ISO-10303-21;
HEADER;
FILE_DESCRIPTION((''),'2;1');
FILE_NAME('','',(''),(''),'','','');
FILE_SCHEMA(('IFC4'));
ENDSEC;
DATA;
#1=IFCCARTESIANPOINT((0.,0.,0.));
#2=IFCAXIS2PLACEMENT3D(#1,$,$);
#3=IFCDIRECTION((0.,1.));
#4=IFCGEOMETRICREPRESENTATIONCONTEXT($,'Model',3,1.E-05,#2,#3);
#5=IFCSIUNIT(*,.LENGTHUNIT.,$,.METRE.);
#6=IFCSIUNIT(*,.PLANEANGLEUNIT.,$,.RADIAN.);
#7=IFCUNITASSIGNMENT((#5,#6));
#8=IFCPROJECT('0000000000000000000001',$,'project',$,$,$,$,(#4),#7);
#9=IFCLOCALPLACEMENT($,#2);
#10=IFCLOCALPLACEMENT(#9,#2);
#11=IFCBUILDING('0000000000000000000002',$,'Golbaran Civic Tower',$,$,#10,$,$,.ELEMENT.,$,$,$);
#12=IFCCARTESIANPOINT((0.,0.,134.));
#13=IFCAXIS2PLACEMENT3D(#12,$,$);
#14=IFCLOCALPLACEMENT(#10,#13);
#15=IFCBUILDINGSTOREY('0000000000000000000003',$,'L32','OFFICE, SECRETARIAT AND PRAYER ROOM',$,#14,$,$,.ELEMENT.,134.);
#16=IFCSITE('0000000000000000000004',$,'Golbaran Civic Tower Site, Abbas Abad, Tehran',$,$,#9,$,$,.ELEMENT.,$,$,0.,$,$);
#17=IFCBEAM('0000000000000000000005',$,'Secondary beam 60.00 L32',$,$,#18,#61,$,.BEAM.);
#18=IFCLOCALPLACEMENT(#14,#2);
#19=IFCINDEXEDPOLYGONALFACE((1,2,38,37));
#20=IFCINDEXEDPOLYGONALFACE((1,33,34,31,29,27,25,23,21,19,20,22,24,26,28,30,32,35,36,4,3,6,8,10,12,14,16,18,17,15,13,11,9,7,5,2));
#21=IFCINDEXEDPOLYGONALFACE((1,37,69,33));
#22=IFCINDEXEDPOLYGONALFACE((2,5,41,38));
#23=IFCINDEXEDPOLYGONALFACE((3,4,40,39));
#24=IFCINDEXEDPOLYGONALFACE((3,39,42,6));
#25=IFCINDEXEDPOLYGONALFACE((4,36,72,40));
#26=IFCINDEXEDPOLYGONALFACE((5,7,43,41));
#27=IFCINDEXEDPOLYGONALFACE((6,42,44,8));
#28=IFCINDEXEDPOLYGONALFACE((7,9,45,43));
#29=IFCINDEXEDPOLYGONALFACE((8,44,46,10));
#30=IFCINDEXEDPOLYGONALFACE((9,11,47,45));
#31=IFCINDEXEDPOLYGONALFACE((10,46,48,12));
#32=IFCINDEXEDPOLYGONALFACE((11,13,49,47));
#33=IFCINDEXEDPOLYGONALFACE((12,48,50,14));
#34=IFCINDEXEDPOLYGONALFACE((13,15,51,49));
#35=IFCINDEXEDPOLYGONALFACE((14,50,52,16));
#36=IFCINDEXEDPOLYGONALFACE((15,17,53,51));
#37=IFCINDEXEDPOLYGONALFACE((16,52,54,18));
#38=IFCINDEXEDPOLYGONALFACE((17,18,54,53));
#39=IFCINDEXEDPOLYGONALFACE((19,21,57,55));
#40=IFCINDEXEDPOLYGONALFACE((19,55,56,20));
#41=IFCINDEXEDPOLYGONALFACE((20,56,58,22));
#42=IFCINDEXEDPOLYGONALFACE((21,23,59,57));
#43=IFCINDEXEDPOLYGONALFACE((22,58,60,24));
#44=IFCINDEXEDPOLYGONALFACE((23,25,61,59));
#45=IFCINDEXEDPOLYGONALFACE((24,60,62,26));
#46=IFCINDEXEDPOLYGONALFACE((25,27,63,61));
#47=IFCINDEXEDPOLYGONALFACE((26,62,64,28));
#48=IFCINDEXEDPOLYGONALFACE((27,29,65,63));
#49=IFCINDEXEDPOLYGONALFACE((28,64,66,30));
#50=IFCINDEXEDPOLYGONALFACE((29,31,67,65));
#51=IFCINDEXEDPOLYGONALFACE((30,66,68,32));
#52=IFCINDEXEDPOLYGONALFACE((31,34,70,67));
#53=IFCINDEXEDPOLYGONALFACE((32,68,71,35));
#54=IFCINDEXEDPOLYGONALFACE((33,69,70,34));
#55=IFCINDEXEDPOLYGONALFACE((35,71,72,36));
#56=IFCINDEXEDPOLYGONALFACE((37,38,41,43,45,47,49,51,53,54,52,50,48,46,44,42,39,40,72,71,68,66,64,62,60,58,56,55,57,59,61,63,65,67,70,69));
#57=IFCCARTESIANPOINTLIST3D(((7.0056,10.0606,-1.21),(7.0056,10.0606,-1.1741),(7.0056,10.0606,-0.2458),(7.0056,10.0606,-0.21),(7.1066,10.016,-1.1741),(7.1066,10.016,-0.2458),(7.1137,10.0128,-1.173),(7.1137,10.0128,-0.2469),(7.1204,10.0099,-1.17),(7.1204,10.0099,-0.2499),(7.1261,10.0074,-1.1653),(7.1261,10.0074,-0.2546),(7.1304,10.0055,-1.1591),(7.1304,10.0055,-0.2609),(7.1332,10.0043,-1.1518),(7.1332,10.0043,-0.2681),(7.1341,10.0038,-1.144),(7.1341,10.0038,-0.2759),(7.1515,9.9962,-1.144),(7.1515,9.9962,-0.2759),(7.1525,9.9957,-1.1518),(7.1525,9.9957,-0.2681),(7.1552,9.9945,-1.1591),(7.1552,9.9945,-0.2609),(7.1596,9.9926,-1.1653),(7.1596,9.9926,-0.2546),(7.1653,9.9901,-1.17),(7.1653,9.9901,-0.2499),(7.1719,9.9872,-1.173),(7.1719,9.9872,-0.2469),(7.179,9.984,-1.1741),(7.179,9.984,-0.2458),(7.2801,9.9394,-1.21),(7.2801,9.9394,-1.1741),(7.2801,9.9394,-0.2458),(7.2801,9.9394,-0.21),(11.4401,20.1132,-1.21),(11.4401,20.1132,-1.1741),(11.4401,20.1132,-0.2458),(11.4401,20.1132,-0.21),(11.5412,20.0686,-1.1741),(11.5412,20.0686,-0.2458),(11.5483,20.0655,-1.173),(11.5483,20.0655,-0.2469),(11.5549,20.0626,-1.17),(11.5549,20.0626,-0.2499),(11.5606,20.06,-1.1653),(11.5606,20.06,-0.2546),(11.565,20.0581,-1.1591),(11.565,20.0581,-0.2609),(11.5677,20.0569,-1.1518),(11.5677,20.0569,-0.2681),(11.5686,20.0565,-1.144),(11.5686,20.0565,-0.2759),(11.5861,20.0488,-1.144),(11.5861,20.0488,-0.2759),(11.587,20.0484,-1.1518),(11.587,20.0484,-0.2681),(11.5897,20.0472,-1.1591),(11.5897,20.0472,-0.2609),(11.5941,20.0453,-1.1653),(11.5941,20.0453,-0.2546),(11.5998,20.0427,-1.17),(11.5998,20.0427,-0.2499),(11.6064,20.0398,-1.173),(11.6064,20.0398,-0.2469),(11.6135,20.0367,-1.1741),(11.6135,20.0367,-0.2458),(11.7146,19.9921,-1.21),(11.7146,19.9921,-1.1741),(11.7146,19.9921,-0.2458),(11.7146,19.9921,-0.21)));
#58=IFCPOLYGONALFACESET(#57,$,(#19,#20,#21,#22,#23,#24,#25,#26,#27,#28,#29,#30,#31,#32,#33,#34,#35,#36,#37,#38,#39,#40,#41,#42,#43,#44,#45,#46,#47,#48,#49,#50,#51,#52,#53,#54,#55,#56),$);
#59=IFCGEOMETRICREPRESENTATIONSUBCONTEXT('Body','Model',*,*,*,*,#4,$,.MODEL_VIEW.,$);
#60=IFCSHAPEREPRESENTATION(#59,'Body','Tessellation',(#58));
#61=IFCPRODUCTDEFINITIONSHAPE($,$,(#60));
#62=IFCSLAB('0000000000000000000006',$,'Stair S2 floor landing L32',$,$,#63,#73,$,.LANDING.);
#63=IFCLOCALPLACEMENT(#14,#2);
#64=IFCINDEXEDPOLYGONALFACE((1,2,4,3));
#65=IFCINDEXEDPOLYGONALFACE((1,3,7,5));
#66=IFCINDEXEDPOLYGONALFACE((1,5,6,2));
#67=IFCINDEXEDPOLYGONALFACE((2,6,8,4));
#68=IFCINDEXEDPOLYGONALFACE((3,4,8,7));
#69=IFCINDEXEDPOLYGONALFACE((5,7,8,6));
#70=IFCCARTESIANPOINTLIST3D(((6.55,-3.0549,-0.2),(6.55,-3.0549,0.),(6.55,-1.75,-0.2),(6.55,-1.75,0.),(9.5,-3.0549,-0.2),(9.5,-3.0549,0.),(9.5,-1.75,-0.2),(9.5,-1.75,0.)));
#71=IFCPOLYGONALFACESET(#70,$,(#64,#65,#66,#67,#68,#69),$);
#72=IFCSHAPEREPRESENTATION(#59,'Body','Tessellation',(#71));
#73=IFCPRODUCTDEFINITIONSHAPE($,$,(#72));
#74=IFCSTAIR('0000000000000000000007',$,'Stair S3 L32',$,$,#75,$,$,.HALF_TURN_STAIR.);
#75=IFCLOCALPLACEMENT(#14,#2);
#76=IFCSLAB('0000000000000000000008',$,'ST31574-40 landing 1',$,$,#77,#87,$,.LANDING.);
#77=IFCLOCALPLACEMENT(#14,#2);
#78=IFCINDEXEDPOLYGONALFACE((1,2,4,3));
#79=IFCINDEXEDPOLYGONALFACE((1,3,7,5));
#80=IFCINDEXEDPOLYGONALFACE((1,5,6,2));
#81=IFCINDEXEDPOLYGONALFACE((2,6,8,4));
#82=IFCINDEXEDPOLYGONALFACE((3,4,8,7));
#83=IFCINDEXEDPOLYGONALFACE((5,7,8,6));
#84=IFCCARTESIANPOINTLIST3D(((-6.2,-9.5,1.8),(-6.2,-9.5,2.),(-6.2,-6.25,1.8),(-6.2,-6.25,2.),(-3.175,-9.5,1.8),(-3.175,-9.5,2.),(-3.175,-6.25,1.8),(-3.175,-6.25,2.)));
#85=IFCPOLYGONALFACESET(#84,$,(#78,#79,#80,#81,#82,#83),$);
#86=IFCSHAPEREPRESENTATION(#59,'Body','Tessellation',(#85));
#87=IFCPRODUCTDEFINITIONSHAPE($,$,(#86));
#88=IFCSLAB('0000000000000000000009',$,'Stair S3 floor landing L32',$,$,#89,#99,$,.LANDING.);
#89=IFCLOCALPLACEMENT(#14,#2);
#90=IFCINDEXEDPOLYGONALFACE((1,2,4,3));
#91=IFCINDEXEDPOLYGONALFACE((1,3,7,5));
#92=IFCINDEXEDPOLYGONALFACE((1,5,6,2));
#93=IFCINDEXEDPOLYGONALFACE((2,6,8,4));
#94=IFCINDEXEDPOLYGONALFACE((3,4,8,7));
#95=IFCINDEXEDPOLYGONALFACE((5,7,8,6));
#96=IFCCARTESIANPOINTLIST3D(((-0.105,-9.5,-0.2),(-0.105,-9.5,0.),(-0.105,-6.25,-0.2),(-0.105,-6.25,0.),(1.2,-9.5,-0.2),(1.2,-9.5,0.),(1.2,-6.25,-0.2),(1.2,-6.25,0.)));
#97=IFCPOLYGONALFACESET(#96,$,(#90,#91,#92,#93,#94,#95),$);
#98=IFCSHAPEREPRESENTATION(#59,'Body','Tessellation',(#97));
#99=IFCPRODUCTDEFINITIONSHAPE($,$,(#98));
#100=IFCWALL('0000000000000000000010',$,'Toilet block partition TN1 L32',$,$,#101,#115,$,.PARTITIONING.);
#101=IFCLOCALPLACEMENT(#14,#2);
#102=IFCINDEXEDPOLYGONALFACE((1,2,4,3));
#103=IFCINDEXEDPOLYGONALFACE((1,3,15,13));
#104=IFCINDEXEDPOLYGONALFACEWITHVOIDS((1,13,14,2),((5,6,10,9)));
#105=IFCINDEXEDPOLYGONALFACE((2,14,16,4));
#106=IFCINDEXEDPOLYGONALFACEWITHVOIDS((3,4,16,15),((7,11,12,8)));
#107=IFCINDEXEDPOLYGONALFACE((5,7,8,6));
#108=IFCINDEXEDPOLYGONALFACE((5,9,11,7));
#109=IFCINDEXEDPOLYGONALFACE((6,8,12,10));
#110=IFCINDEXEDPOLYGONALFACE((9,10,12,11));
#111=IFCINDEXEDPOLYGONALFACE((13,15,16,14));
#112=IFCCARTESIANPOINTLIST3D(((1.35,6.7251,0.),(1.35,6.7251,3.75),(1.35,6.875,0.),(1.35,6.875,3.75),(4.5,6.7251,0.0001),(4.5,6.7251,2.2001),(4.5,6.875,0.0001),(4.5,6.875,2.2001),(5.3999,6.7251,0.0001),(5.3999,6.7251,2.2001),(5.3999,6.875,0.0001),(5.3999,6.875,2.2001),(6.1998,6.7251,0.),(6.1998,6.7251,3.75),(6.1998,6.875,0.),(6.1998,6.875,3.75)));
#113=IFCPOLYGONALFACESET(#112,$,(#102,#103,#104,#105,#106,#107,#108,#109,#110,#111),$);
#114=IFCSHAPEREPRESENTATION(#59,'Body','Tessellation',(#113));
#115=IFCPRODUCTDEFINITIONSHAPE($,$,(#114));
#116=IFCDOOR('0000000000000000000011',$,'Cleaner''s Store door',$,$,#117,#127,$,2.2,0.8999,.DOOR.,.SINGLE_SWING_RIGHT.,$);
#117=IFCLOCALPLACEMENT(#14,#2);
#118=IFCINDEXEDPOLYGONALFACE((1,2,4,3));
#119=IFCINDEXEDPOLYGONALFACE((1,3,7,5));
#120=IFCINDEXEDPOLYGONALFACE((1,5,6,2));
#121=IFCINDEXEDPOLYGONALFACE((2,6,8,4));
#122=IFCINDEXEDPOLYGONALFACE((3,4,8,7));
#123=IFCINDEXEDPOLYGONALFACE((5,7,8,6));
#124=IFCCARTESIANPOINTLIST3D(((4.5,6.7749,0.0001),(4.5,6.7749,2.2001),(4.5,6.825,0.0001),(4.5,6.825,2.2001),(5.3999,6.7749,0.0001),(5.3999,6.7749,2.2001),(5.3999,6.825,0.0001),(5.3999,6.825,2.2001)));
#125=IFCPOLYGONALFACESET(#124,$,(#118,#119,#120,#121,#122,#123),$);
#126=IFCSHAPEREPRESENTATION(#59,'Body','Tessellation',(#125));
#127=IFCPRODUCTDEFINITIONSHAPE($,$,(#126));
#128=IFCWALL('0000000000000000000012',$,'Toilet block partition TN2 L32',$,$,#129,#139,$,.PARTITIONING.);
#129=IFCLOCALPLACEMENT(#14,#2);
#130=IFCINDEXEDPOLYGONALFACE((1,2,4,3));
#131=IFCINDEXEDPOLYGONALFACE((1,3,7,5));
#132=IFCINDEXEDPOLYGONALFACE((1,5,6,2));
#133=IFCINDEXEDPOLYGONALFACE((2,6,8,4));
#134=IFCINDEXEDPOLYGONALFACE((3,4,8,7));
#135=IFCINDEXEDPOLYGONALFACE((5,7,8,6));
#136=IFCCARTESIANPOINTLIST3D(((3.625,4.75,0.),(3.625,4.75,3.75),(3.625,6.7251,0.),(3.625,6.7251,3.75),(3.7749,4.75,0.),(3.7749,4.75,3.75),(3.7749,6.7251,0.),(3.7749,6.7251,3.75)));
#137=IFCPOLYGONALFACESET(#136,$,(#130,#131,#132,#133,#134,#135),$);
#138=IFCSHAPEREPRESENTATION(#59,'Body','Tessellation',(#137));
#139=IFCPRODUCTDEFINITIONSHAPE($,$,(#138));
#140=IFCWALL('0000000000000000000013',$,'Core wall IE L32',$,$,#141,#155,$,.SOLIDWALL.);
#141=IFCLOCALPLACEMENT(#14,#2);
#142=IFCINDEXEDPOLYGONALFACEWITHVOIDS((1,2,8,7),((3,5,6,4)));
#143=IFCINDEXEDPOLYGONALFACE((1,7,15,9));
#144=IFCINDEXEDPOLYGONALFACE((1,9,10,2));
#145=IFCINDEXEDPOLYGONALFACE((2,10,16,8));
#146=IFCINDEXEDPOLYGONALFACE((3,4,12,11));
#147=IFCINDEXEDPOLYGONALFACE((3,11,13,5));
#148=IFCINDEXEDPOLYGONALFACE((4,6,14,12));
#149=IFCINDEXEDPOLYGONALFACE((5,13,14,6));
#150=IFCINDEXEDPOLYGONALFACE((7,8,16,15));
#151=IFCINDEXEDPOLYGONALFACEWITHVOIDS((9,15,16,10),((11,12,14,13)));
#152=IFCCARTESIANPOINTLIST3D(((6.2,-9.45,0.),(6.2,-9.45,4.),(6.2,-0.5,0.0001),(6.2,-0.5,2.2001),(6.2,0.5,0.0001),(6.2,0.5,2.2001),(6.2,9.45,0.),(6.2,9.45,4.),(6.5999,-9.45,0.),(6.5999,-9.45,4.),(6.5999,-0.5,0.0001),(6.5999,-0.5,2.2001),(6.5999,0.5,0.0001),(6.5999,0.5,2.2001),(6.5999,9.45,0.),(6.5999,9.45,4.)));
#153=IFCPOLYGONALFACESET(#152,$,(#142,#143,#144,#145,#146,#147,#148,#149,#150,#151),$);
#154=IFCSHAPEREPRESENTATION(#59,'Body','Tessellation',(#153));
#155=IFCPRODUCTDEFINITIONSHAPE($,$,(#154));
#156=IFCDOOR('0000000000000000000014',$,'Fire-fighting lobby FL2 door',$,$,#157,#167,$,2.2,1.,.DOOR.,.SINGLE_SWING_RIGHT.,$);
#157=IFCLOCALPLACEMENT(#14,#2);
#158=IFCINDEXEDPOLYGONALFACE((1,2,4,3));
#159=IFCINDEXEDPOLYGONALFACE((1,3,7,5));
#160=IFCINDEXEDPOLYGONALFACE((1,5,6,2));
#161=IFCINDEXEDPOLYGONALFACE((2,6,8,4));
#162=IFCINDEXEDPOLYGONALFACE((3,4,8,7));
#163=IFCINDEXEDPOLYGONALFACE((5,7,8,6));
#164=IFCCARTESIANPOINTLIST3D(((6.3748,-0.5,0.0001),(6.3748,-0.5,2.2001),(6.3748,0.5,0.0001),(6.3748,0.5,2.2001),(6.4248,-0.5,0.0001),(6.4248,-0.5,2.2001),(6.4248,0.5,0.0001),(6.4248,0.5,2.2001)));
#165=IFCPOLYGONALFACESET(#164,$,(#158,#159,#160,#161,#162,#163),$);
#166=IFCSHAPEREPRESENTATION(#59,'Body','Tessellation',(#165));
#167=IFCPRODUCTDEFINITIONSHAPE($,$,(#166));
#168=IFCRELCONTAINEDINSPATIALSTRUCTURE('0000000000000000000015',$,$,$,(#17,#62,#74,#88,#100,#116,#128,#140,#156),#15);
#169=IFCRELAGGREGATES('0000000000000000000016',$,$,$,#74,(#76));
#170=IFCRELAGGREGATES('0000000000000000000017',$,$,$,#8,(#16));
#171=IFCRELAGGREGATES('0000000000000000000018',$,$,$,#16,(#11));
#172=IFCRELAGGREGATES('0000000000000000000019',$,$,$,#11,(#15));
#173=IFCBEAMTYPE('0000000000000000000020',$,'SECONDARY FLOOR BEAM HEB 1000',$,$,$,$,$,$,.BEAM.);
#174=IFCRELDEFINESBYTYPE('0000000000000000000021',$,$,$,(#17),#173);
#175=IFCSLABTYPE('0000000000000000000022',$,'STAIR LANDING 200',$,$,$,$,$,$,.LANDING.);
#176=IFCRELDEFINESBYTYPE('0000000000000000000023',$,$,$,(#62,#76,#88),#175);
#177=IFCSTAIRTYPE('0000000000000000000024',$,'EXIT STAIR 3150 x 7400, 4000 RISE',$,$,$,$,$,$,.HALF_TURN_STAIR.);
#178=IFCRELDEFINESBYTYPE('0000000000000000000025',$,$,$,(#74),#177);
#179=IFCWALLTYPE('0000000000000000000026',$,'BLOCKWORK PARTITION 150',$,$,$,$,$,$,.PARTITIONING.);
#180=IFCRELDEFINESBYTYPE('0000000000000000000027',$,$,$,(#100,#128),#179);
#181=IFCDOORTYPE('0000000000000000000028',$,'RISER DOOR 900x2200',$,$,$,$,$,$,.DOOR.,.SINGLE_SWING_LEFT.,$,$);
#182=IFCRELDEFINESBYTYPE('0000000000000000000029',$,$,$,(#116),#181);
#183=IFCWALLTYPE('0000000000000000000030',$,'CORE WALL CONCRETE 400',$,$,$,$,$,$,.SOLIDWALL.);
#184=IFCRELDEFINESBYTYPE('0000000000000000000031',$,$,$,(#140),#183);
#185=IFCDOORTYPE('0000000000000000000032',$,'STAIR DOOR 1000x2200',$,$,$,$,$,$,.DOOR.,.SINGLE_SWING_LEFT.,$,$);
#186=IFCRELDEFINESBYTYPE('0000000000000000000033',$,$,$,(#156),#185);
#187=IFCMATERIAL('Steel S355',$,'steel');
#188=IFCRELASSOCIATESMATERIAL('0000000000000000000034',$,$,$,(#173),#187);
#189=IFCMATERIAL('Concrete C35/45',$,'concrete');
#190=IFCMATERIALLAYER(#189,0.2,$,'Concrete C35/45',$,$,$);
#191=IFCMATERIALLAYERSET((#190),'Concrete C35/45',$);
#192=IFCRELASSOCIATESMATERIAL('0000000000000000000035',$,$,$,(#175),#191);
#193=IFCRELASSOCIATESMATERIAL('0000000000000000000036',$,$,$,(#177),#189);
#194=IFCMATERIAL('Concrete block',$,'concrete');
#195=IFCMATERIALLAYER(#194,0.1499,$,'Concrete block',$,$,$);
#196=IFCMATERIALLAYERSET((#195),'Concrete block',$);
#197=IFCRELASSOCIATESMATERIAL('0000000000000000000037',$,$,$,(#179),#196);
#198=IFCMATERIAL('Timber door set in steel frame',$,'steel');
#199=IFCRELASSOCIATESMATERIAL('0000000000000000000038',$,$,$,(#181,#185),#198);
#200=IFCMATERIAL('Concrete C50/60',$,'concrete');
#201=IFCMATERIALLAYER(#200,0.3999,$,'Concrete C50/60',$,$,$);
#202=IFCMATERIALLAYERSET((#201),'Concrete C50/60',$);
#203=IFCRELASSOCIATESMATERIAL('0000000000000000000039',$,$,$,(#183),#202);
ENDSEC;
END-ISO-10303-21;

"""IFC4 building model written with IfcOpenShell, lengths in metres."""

from ifc_helpers import new_model, si_unit, direction, frame, frame_2d, origin, origin_2d, place, context, subcontext, project, spatial, polyline, rectangle, i_section, outline, extrude, material, layer, layer_set, material_profile, profile_set, type_object, element, fill, aggregate, save


model = new_model("IFC4")

# Units and contexts
model_context = context("Model", 3, precision=1e-05, world=origin(), true_north=direction((0.0, 1.0)))
body_context = subcontext(model_context, "Body", "Model", "MODEL_VIEW")
ifc_project = project(units=[si_unit("LENGTHUNIT", "METRE"), si_unit("PLANEANGLEUNIT", "RADIAN")], contexts=[model_context])

# Site, building, storey
site_placement = place(None, origin())
site = spatial("IfcSite", under=ifc_project, at=site_placement, Name="Golbaran Civic Tower Site, Abbas Abad, Tehran", CompositionType="ELEMENT", RefElevation=0.0)
building_placement = place(site_placement, origin())
building = spatial("IfcBuilding", under=site, at=building_placement, Name="Golbaran Civic Tower", CompositionType="ELEMENT")
storey_placement = place(building_placement, frame((0.0, 0.0, 134.0)))
storey = spatial("IfcBuildingStorey", under=building, at=storey_placement, Name="L32", Description="OFFICE, SECRETARIAT AND PRAYER ROOM", CompositionType="ELEMENT", Elevation=134.0)

# Beam
ifc_material_1 = material(Name="Steel S355", Category="steel")
ifc_material_profile_1 = material_profile(ifc_material_1, i_section(OverallWidth=0.3, OverallDepth=1.0, WebThickness=0.019, FlangeThickness=0.0359, FilletRadius=0.03, at=origin_2d()), Name="HEB 1000")
ifc_profile_set_1 = profile_set([ifc_material_profile_1], Name="Steel S355")
beam_type_1 = type_object("IfcBeamType", Name="SECONDARY FLOOR BEAM HEB 1000", PredefinedType="BEAM", material=ifc_profile_set_1)
beam_1_placement = place(storey_placement, frame((7.1428, 10.0, -0.71), z_axis=(0.403605, 0.914933, 0.0), x_axis=(-0.914933, 0.403605, 0.0)))
element("IfcBeam", 1, at=beam_1_placement, inside=storey, type_object=beam_type_1, Name="Secondary beam 60.00 L32", PredefinedType="BEAM", context=body_context, shape_type="SweptSolid", body=[
    extrude(i_section(OverallWidth=0.3, OverallDepth=1.0, WebThickness=0.019, FlangeThickness=0.0359, FilletRadius=0.03, at=origin_2d()), origin(), (0.0, 0.0, 1.0), 10.9873),
])

# Slab
ifc_material_2 = material(Name="Concrete C35/45", Category="concrete")
ifc_layer_1 = layer(ifc_material_2, 0.2, Name="Concrete C35/45")
ifc_layer_set_1 = layer_set([ifc_layer_1], Name="Concrete C35/45")
slab_type = type_object("IfcSlabType", Name="STAIR LANDING 200", PredefinedType="LANDING", material=ifc_layer_set_1)
slab_1_placement = place(storey_placement, frame((0.0, 0.0, -0.2)))
element("IfcSlab", 2, at=slab_1_placement, inside=storey, type_object=slab_type, Name="Stair S2 floor landing L32", PredefinedType="LANDING", context=body_context, shape_type="SweptSolid", body=[
    extrude(outline(polyline([(9.5, -1.75), (9.5, -3.0549), (6.55, -3.0549), (6.55, -1.75), (9.5, -1.75)])), origin(), (0.0, 0.0, 1.0), 0.2),
])

# Stair, slab
stair_type = type_object("IfcStairType", Name="EXIT STAIR 3150 x 7400, 4000 RISE", PredefinedType="HALF_TURN_STAIR", material=ifc_material_2)
stair_placement = place(storey_placement, origin())
stair = element("IfcStair", 3, at=stair_placement, inside=storey, type_object=stair_type, Name="Stair S3 L32", PredefinedType="HALF_TURN_STAIR")
slab_2_placement = place(storey_placement, frame((0.0, 0.0, 1.8)))
slab_2 = element("IfcSlab", 4, at=slab_2_placement, type_object=slab_type, Name="ST31574-40 landing 1", PredefinedType="LANDING", context=body_context, shape_type="SweptSolid", body=[
    extrude(outline(polyline([(-3.175, -9.5), (-6.2, -9.5), (-6.2, -6.25), (-3.175, -6.25), (-3.175, -9.5)])), origin(), (0.0, 0.0, 1.0), 0.2),
])
aggregate(stair, [slab_2])

# Slab
slab_3_placement = place(storey_placement, frame((0.0, 0.0, -0.2)))
element("IfcSlab", 5, at=slab_3_placement, inside=storey, type_object=slab_type, Name="Stair S3 floor landing L32", PredefinedType="LANDING", context=body_context, shape_type="SweptSolid", body=[
    extrude(outline(polyline([(1.2, -9.5), (-0.105, -9.5), (-0.105, -6.25), (1.2, -6.25), (1.2, -9.5)])), origin(), (0.0, 0.0, 1.0), 0.2),
])

# Wall, opening, door
ifc_material_3 = material(Name="Concrete block", Category="concrete")
ifc_layer_2 = layer(ifc_material_3, 0.1499, Name="Concrete block")
ifc_layer_set_2 = layer_set([ifc_layer_2], Name="Concrete block")
wall_type_1 = type_object("IfcWallType", Name="BLOCKWORK PARTITION 150", PredefinedType="PARTITIONING", material=ifc_layer_set_2)
wall_1_placement = place(storey_placement, frame((1.3501, 6.8, 0.0), z_axis=(0.0, 0.0, 1.0), x_axis=(1.0, 0.0, 0.0)))
wall_1 = element("IfcWall", 6, at=wall_1_placement, inside=storey, type_object=wall_type_1, Name="Toilet block partition TN1 L32", PredefinedType="PARTITIONING", context=body_context, shape_type="SweptSolid", body=[
    extrude(rectangle(XDim=4.8499, YDim=0.1499, at=frame_2d((2.4248, 0.0))), origin(), (0.0, 0.0, 1.0), 3.75),
])
opening_1_placement = place(wall_1_placement, frame((3.1499, 0.0, 0.0)))
opening_1 = element("IfcOpeningElement", 7, at=opening_1_placement, cuts=wall_1, PredefinedType="OPENING", context=body_context, shape_type="SweptSolid", body=[
    extrude(rectangle(XDim=0.8999, YDim=2.2, at=frame_2d((0.45, 1.1001))), frame((0.0, 0.085, 0.0), z_axis=(0.0, -1.0, 0.0), x_axis=(1.0, 0.0, 0.0)), (0.0, 0.0, 1.0), 0.1699),
])
ifc_material_4 = material(Name="Timber door set in steel frame", Category="steel")
door_type_1 = type_object("IfcDoorType", Name="RISER DOOR 900x2200", OperationType="SINGLE_SWING_LEFT", PredefinedType="DOOR", material=ifc_material_4)
door_1_placement = place(opening_1_placement, origin())
door_1 = element("IfcDoor", 8, at=door_1_placement, inside=storey, type_object=door_type_1, Name="Cleaner's Store door", OperationType="SINGLE_SWING_RIGHT", OverallHeight=2.2, OverallWidth=0.8999, PredefinedType="DOOR", context=body_context, shape_type="SweptSolid", body=[
    extrude(rectangle(XDim=0.8999, YDim=2.2, at=frame_2d((0.45, 1.1001))), frame((0.0, 0.0249, 0.0), z_axis=(0.0, -1.0, 0.0), x_axis=(1.0, 0.0, 0.0)), (0.0, 0.0, 1.0), 0.05),
])
fill(opening_1, door_1)

# Wall
wall_2_placement = place(storey_placement, frame((3.7, 4.75, 0.0), z_axis=(0.0, 0.0, 1.0), x_axis=(0.0, 1.0, 0.0)))
element("IfcWall", 9, at=wall_2_placement, inside=storey, type_object=wall_type_1, Name="Toilet block partition TN2 L32", PredefinedType="PARTITIONING", context=body_context, shape_type="SweptSolid", body=[
    extrude(rectangle(XDim=1.9751, YDim=0.1499, at=frame_2d((0.9875, 0.0))), origin(), (0.0, 0.0, 1.0), 3.75),
])

# Wall, opening, door
ifc_material_5 = material(Name="Concrete C50/60", Category="concrete")
ifc_layer_3 = layer(ifc_material_5, 0.3999, Name="Concrete C50/60")
ifc_layer_set_3 = layer_set([ifc_layer_3], Name="Concrete C50/60")
wall_type_2 = type_object("IfcWallType", Name="CORE WALL CONCRETE 400", PredefinedType="SOLIDWALL", material=ifc_layer_set_3)
wall_3_placement = place(storey_placement, frame((6.3999, 9.45, 0.0), z_axis=(0.0, 0.0, 1.0), x_axis=(0.0, -1.0, 0.0)))
wall_3 = element("IfcWall", 10, at=wall_3_placement, inside=storey, type_object=wall_type_2, Name="Core wall IE L32", PredefinedType="SOLIDWALL", context=body_context, shape_type="SweptSolid", body=[
    extrude(rectangle(XDim=18.8999, YDim=0.3999, at=frame_2d((9.45, 0.0))), origin(), (0.0, 0.0, 1.0), 4.0),
])
opening_2_placement = place(wall_3_placement, frame((8.95, 0.0, 0.0)))
opening_2 = element("IfcOpeningElement", 11, at=opening_2_placement, cuts=wall_3, PredefinedType="OPENING", context=body_context, shape_type="SweptSolid", body=[
    extrude(rectangle(XDim=1.0, YDim=2.2, at=frame_2d((0.5, 1.1001))), frame((0.0, 0.21, 0.0), z_axis=(0.0, -1.0, 0.0), x_axis=(1.0, 0.0, 0.0)), (0.0, 0.0, 1.0), 0.4199),
])
door_type_2 = type_object("IfcDoorType", Name="STAIR DOOR 1000x2200", OperationType="SINGLE_SWING_LEFT", PredefinedType="DOOR", material=ifc_material_4)
door_2_placement = place(opening_2_placement, origin())
door_2 = element("IfcDoor", 12, at=door_2_placement, inside=storey, type_object=door_type_2, Name="Fire-fighting lobby FL2 door", OperationType="SINGLE_SWING_RIGHT", OverallHeight=2.2, OverallWidth=1.0, PredefinedType="DOOR", context=body_context, shape_type="SweptSolid", body=[
    extrude(rectangle(XDim=1.0, YDim=2.2, at=frame_2d((0.5, 1.1001))), frame((0.0, 0.0249, 0.0), z_axis=(0.0, -1.0, 0.0), x_axis=(1.0, 0.0, 0.0)), (0.0, 0.0, 1.0), 0.05),
])
fill(opening_2, door_2)

save(model, "model.ifc")
